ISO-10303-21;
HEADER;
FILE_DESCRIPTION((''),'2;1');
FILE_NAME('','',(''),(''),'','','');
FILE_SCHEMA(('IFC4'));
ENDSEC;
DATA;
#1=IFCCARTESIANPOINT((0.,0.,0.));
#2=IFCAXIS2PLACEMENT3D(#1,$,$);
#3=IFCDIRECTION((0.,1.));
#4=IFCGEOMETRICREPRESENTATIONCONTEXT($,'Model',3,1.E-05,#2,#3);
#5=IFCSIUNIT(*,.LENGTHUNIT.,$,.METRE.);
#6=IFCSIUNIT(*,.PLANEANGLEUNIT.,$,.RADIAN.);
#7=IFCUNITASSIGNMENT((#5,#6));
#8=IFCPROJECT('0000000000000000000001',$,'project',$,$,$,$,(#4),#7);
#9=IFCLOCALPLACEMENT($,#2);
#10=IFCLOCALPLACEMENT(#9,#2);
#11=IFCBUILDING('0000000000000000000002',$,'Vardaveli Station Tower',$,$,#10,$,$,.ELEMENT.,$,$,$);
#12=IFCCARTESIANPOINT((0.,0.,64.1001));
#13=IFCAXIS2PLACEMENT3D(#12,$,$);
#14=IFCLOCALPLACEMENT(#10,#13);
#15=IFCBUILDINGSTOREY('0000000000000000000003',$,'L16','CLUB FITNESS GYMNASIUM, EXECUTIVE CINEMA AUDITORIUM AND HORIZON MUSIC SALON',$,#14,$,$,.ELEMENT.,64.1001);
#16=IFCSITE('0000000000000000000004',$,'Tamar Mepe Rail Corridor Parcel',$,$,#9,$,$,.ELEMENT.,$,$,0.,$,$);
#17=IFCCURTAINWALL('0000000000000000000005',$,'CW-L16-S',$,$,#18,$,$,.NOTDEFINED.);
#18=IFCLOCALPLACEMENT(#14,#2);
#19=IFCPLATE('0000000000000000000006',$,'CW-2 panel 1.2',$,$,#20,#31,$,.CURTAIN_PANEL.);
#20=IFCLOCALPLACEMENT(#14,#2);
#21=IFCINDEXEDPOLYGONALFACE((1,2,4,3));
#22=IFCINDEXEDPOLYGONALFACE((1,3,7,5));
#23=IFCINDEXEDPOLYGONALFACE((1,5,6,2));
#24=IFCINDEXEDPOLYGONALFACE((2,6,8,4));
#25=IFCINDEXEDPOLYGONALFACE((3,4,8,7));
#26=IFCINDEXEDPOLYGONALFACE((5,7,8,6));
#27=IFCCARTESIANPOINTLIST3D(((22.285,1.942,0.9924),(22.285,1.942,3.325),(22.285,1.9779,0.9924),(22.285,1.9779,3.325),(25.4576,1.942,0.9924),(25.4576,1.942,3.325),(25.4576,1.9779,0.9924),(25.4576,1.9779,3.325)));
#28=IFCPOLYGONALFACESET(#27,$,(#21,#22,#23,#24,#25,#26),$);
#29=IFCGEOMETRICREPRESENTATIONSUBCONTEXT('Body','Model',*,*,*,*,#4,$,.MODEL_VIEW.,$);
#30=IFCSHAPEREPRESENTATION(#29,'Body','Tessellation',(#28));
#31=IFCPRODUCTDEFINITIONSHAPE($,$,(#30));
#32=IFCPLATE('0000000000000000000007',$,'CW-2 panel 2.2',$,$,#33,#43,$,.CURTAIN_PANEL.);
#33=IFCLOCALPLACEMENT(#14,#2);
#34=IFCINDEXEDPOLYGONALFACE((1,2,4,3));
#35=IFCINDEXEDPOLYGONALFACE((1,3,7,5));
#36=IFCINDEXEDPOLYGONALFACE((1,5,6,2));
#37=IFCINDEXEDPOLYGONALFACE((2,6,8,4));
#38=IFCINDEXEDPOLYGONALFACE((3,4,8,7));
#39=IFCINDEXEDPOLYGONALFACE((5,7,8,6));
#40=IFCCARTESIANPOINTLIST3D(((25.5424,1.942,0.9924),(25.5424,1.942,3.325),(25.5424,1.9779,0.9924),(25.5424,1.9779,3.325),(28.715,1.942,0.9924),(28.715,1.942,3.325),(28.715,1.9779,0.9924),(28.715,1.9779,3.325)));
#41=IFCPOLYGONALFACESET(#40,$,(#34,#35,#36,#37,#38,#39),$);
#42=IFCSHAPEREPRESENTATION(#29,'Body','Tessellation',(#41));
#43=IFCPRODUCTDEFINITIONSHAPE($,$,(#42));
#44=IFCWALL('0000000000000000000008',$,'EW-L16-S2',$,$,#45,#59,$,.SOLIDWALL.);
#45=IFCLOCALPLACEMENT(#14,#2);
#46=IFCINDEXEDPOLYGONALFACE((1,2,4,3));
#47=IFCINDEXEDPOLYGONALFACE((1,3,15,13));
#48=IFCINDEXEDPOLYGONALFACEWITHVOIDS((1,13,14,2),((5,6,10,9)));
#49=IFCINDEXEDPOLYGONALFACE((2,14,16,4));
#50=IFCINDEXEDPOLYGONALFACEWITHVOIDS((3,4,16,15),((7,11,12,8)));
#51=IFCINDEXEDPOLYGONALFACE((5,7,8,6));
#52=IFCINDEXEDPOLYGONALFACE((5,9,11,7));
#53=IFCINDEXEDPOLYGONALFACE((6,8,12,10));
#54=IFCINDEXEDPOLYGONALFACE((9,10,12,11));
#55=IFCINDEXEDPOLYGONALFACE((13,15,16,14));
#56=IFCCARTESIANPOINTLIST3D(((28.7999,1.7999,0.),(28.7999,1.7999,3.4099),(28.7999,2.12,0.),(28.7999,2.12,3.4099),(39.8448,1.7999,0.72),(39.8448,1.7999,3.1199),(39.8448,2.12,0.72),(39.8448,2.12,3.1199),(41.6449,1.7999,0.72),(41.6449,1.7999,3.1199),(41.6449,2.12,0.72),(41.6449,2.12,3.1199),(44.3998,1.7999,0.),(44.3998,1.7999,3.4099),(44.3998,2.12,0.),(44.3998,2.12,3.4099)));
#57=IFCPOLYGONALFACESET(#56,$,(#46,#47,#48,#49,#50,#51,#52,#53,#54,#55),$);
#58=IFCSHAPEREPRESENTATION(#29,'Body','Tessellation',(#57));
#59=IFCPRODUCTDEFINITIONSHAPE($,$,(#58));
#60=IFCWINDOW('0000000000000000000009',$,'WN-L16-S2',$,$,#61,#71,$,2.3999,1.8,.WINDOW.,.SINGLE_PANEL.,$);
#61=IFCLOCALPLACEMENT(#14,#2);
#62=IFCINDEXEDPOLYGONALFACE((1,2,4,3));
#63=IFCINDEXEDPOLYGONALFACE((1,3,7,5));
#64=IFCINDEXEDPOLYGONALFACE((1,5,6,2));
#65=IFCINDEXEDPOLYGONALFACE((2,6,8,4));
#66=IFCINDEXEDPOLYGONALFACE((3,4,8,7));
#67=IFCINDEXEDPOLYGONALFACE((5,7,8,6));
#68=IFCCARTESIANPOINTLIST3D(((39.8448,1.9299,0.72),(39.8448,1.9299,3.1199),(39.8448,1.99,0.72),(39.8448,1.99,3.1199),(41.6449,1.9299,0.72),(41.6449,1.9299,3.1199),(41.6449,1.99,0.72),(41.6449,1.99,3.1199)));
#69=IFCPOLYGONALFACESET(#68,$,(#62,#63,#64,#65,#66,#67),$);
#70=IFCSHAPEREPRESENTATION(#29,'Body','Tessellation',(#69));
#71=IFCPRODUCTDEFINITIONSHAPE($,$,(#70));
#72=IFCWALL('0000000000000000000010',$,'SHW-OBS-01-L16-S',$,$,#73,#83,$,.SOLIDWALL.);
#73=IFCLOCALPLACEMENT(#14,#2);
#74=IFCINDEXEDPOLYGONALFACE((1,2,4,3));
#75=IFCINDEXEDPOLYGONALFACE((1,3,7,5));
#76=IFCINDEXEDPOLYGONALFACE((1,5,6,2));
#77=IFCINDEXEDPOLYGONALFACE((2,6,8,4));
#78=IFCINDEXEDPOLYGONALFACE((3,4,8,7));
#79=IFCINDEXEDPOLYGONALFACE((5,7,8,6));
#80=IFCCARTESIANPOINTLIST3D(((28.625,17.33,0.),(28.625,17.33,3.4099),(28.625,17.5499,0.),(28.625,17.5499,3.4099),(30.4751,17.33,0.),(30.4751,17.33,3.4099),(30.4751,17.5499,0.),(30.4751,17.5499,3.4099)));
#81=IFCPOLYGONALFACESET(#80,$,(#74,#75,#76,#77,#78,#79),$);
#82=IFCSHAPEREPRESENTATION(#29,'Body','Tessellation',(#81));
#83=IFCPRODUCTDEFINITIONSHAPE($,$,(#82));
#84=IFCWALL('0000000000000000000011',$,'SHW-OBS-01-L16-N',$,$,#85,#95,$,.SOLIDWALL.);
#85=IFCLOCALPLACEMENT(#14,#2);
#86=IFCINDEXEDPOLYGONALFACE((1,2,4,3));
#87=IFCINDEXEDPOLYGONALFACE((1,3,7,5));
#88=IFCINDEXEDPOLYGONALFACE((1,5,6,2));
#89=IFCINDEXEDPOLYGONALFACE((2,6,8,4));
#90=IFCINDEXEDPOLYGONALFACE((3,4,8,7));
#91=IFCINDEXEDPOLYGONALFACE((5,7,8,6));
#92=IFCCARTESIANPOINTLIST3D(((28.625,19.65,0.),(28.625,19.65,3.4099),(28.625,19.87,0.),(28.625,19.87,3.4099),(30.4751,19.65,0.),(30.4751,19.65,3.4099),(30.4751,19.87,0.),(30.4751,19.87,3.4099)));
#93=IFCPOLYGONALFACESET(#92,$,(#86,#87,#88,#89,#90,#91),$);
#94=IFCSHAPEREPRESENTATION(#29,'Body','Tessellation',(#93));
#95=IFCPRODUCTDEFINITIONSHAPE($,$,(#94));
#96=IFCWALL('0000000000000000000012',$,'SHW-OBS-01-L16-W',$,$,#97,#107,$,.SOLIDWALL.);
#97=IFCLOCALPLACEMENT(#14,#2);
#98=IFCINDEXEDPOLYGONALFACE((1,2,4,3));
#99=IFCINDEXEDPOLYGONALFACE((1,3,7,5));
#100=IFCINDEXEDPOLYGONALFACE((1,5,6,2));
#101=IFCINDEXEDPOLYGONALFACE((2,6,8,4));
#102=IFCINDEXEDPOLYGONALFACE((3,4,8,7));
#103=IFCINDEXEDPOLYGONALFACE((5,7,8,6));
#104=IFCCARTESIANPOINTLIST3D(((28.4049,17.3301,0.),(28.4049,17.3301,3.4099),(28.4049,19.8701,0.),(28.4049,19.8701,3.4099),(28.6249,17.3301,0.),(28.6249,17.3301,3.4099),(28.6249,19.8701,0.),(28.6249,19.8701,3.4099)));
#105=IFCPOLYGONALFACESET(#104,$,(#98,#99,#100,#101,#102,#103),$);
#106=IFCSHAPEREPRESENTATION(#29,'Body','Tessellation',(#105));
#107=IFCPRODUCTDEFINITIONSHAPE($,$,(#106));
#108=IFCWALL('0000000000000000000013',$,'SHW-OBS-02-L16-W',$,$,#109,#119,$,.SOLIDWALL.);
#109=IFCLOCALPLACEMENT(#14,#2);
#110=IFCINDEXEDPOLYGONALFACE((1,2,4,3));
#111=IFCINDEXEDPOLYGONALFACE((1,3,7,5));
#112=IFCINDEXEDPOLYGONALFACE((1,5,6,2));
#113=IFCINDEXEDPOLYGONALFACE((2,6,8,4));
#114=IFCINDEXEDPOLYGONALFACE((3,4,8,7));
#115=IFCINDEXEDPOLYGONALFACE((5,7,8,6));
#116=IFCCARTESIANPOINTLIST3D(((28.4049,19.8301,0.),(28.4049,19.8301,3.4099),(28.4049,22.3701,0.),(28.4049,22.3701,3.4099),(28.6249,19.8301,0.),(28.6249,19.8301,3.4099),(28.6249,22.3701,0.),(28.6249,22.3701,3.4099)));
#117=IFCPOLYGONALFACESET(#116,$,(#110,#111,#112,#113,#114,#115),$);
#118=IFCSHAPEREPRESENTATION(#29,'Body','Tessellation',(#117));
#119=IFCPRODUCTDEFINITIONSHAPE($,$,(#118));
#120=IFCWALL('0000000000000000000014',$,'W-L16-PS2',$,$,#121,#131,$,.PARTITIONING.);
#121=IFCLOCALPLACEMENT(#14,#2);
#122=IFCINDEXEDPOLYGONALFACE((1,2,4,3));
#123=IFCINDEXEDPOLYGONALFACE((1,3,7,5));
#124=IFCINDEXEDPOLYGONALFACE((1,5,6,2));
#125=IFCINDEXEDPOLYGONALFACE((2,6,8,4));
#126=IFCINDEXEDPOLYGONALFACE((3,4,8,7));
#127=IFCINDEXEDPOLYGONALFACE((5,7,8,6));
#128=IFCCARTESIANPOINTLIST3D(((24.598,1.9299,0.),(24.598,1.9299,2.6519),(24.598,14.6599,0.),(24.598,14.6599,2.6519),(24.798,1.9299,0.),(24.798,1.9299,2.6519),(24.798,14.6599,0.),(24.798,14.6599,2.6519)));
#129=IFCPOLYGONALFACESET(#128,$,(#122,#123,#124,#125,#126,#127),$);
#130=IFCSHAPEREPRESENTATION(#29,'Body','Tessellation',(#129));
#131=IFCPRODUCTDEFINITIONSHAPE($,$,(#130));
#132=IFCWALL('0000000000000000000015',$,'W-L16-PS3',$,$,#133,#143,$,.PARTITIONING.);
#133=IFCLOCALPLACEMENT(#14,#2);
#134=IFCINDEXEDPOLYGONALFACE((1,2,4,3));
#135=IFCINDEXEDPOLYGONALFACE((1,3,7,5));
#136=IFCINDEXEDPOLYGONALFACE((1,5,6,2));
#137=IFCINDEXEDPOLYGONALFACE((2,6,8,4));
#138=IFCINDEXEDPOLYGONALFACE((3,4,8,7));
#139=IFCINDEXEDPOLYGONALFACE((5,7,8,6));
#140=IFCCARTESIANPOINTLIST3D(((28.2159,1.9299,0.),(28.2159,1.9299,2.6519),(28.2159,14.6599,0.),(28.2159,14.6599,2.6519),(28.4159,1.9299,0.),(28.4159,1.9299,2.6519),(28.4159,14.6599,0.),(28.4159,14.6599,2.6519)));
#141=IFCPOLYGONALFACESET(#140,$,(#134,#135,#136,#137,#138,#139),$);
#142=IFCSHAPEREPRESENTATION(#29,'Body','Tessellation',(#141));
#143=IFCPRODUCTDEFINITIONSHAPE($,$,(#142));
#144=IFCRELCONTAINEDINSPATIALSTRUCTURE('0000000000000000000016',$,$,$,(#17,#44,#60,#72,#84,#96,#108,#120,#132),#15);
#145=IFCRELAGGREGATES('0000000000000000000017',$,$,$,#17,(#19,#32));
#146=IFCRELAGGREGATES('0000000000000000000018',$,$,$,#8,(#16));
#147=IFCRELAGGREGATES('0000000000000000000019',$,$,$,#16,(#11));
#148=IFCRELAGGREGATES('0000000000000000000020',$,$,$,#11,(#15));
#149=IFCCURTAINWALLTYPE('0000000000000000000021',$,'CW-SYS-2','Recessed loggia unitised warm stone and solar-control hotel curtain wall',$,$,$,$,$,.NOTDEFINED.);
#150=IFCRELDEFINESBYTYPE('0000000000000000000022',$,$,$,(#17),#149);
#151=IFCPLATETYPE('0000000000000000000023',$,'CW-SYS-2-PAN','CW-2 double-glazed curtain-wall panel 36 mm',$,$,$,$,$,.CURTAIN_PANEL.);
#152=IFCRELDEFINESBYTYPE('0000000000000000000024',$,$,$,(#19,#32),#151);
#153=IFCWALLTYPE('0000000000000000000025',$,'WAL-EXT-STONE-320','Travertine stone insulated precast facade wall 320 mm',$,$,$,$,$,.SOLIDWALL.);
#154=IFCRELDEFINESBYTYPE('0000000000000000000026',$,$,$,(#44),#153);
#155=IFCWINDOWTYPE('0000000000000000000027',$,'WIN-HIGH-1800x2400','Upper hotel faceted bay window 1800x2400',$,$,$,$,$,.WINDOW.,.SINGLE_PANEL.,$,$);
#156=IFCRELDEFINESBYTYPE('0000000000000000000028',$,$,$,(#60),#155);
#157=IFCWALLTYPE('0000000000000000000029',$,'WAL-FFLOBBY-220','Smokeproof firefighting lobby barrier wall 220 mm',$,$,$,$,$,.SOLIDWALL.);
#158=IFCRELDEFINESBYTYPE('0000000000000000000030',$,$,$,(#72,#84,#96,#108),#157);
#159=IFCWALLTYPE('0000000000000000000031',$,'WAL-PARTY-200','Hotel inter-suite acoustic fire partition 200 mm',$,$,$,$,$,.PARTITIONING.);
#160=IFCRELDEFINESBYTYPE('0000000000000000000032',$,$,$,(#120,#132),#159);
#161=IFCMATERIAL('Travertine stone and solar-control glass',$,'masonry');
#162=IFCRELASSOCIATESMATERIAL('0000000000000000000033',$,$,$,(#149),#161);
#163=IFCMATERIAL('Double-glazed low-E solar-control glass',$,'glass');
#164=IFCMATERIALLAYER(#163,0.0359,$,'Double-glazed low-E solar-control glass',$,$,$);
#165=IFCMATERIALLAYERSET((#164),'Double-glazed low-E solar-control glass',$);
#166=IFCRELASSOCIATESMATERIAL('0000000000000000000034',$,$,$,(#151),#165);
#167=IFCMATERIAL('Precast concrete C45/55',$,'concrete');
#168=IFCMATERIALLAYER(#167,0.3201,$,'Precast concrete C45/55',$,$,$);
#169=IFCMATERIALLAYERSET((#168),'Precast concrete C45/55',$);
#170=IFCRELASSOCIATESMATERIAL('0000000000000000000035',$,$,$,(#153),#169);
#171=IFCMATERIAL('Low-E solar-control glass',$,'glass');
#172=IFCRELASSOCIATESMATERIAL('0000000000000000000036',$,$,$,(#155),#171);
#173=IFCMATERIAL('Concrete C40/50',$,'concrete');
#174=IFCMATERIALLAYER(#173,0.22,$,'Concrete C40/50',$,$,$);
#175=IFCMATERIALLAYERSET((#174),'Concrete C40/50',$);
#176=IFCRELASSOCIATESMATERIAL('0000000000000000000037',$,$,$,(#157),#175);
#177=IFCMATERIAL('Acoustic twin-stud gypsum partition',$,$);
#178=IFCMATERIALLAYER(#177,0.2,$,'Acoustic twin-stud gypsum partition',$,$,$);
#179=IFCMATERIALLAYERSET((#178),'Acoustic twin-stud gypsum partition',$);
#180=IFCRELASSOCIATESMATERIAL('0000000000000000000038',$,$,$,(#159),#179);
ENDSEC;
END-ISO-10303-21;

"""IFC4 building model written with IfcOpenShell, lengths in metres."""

from ifc_helpers import new_model, si_unit, direction, frame, frame_2d, origin, origin_2d, place, context, subcontext, project, spatial, rectangle, extrude, source, transform, mapped, material, layer, layer_set, type_object, element, fill, aggregate, save


model = new_model("IFC4")

# Units and contexts
model_context = context("Model", 3, precision=1e-05, world=origin(), true_north=direction((0.0, 1.0)))
body_context = subcontext(model_context, "Body", "Model", "MODEL_VIEW")
ifc_project = project(units=[si_unit("LENGTHUNIT", "METRE"), si_unit("PLANEANGLEUNIT", "RADIAN")], contexts=[model_context])

# Site, building, storey
site_placement = place(None, origin())
site = spatial("IfcSite", under=ifc_project, at=site_placement, Name="Tamar Mepe Rail Corridor Parcel", CompositionType="ELEMENT", RefElevation=0.0)
building_placement = place(site_placement, origin())
building = spatial("IfcBuilding", under=site, at=building_placement, Name="Vardaveli Station Tower", CompositionType="ELEMENT")
storey_placement = place(building_placement, frame((0.0, 0.0, 64.1001)))
storey = spatial("IfcBuildingStorey", under=building, at=storey_placement, Name="L16", Description="CLUB FITNESS GYMNASIUM, EXECUTIVE CINEMA AUDITORIUM AND HORIZON MUSIC SALON", CompositionType="ELEMENT", Elevation=64.1001)

# Curtain wall, plates
ifc_material_1 = material(Name="Travertine stone and solar-control glass", Category="masonry")
curtain_wall_type = type_object("IfcCurtainWallType", Name="CW-SYS-2", Description="Recessed loggia unitised warm stone and solar-control hotel curtain wall", PredefinedType="NOTDEFINED", material=ifc_material_1)
curtain_wall_placement = place(storey_placement, origin())
curtain_wall = element("IfcCurtainWall", 1, at=curtain_wall_placement, inside=storey, type_object=curtain_wall_type, Name="CW-L16-S", PredefinedType="NOTDEFINED")
ifc_material_2 = material(Name="Double-glazed low-E solar-control glass", Category="glass")
ifc_layer_1 = layer(ifc_material_2, 0.0359, Name="Double-glazed low-E solar-control glass")
ifc_layer_set_1 = layer_set([ifc_layer_1], Name="Double-glazed low-E solar-control glass")
plate_type = type_object("IfcPlateType", Name="CW-SYS-2-PAN", Description="CW-2 double-glazed curtain-wall panel 36 mm", PredefinedType="CURTAIN_PANEL", material=ifc_layer_set_1)
shared_shape_1 = source(origin(), body_context, "Body", "SweptSolid", [
    extrude(rectangle(XDim=3.1726, YDim=0.0359, at=origin_2d()), origin(), (0.0, 0.0, 1.0), 2.3325),
])
plate_1_placement = place(storey_placement, frame((23.8713, 1.96, 0.9924), z_axis=(0.0, 0.0, 1.0), x_axis=(1.0, 0.0, 0.0)))
plate_1 = element("IfcPlate", 2, at=plate_1_placement, type_object=plate_type, Name="CW-2 panel 1.2", PredefinedType="CURTAIN_PANEL", context=body_context, shape_type="MappedRepresentation", body=[
    mapped(shared_shape_1, transform((0.0, 0.0, 0.0), scale=1.0)),
])
plate_2_placement = place(storey_placement, frame((27.1287, 1.96, 0.9924), z_axis=(0.0, 0.0, 1.0), x_axis=(1.0, 0.0, 0.0)))
plate_2 = element("IfcPlate", 3, at=plate_2_placement, type_object=plate_type, Name="CW-2 panel 2.2", PredefinedType="CURTAIN_PANEL", context=body_context, shape_type="MappedRepresentation", body=[
    mapped(shared_shape_1, transform((0.0, 0.0, 0.0), scale=1.0)),
])
aggregate(curtain_wall, [plate_1, plate_2])

# Wall, opening, window
ifc_material_3 = material(Name="Precast concrete C45/55", Category="concrete")
ifc_layer_2 = layer(ifc_material_3, 0.3201, Name="Precast concrete C45/55")
ifc_layer_set_2 = layer_set([ifc_layer_2], Name="Precast concrete C45/55")
wall_type_1 = type_object("IfcWallType", Name="WAL-EXT-STONE-320", Description="Travertine stone insulated precast facade wall 320 mm", PredefinedType="SOLIDWALL", material=ifc_layer_set_2)
shared_shape_2 = source(origin(), body_context, "Body", "SweptSolid", [
    extrude(rectangle(XDim=15.5999, YDim=0.3201, at=frame_2d((7.7998, 0.0))), origin(), (0.0, 0.0, 1.0), 3.4099),
])
wall_placement = place(storey_placement, frame((28.8, 1.96, 0.0), z_axis=(0.0, 0.0, 1.0), x_axis=(1.0, 0.0, 0.0)))
wall = element("IfcWall", 4, at=wall_placement, inside=storey, type_object=wall_type_1, Name="EW-L16-S2", PredefinedType="SOLIDWALL", context=body_context, shape_type="MappedRepresentation", body=[
    mapped(shared_shape_2, transform((0.0, 0.0, 0.0), scale=1.0)),
])
shared_shape_3 = source(origin(), body_context, "Body", "SweptSolid", [
    extrude(rectangle(XDim=1.8, YDim=2.3999, at=frame_2d((0.8999, 1.2))), frame((0.0, 0.1699, 0.0), z_axis=(0.0, -1.0, 0.0), x_axis=(1.0, 0.0, 0.0)), (0.0, 0.0, 1.0), 0.3401),
])
opening_placement = place(wall_placement, frame((11.0449, 0.0, 0.72)))
opening = element("IfcOpeningElement", 5, at=opening_placement, cuts=wall, PredefinedType="OPENING", context=body_context, shape_type="MappedRepresentation", body=[
    mapped(shared_shape_3, transform((0.0, 0.0, 0.0), scale=1.0)),
])
ifc_material_4 = material(Name="Low-E solar-control glass", Category="glass")
window_type = type_object("IfcWindowType", Name="WIN-HIGH-1800x2400", Description="Upper hotel faceted bay window 1800x2400", PartitioningType="SINGLE_PANEL", PredefinedType="WINDOW", material=ifc_material_4)
shared_shape_4 = source(origin(), body_context, "Body", "SweptSolid", [
    extrude(rectangle(XDim=1.8, YDim=2.3999, at=frame_2d((0.8999, 1.2))), frame((0.0, 0.03, 0.0), z_axis=(0.0, -1.0, 0.0), x_axis=(1.0, 0.0, 0.0)), (0.0, 0.0, 1.0), 0.0601),
])
window_placement = place(opening_placement, origin())
window = element("IfcWindow", 6, at=window_placement, inside=storey, type_object=window_type, Name="WN-L16-S2", OverallHeight=2.3999, OverallWidth=1.8, PartitioningType="SINGLE_PANEL", PredefinedType="WINDOW", context=body_context, shape_type="MappedRepresentation", body=[
    mapped(shared_shape_4, transform((0.0, 0.0, 0.0), scale=1.0)),
])
fill(opening, window)

# Walls
ifc_material_5 = material(Name="Concrete C40/50", Category="concrete")
ifc_layer_3 = layer(ifc_material_5, 0.22, Name="Concrete C40/50")
ifc_layer_set_3 = layer_set([ifc_layer_3], Name="Concrete C40/50")
wall_type_2 = type_object("IfcWallType", Name="WAL-FFLOBBY-220", Description="Smokeproof firefighting lobby barrier wall 220 mm", PredefinedType="SOLIDWALL", material=ifc_layer_set_3)
shared_shape_5 = source(origin(), body_context, "Body", "SweptSolid", [
    extrude(rectangle(XDim=1.8501, YDim=0.22, at=frame_2d((0.925, 0.0))), origin(), (0.0, 0.0, 1.0), 3.4099),
])
for number, where, z_axis, x_axis, name in (
    (7, (28.625, 17.4399, 0.0), (0.0, 0.0, 1.0), (1.0, 0.0, 0.0), "SHW-OBS-01-L16-S"),
    (8, (28.625, 19.76, 0.0), (0.0, 0.0, 1.0), (1.0, 0.0, 0.0), "SHW-OBS-01-L16-N"),
):
    element("IfcWall", number, at=place(storey_placement, frame(where, z_axis=z_axis, x_axis=x_axis)), inside=storey, type_object=wall_type_2, Name=name, PredefinedType="SOLIDWALL", context=body_context, shape_type="MappedRepresentation", body=[
        mapped(shared_shape_5, transform((0.0, 0.0, 0.0), scale=1.0)),
    ])
shared_shape_6 = source(origin(), body_context, "Body", "SweptSolid", [
    extrude(rectangle(XDim=2.54, YDim=0.22, at=frame_2d((1.27, 0.0))), origin(), (0.0, 0.0, 1.0), 3.4099),
])
for number, where, z_axis, x_axis, name in (
    (9, (28.5149, 17.3301, 0.0), (0.0, 0.0, 1.0), (0.0, 1.0, 0.0), "SHW-OBS-01-L16-W"),
    (10, (28.5149, 19.8301, 0.0), (0.0, 0.0, 1.0), (0.0, 1.0, 0.0), "SHW-OBS-02-L16-W"),
):
    element("IfcWall", number, at=place(storey_placement, frame(where, z_axis=z_axis, x_axis=x_axis)), inside=storey, type_object=wall_type_2, Name=name, PredefinedType="SOLIDWALL", context=body_context, shape_type="MappedRepresentation", body=[
        mapped(shared_shape_6, transform((0.0, 0.0, 0.0), scale=1.0)),
    ])
ifc_material_6 = material(Name="Acoustic twin-stud gypsum partition")
ifc_layer_4 = layer(ifc_material_6, 0.2, Name="Acoustic twin-stud gypsum partition")
ifc_layer_set_4 = layer_set([ifc_layer_4], Name="Acoustic twin-stud gypsum partition")
wall_type_3 = type_object("IfcWallType", Name="WAL-PARTY-200", Description="Hotel inter-suite acoustic fire partition 200 mm", PredefinedType="PARTITIONING", material=ifc_layer_set_4)
shared_shape_7 = source(origin(), body_context, "Body", "SweptSolid", [
    extrude(rectangle(XDim=12.73, YDim=0.2, at=frame_2d((6.365, 0.0))), origin(), (0.0, 0.0, 1.0), 2.6519),
])
for number, where, z_axis, x_axis, name in (
    (11, (24.698, 1.9299, 0.0), (0.0, 0.0, 1.0), (0.0, 1.0, 0.0), "W-L16-PS2"),
    (12, (28.3159, 1.9299, 0.0), (0.0, 0.0, 1.0), (0.0, 1.0, 0.0), "W-L16-PS3"),
):
    element("IfcWall", number, at=place(storey_placement, frame(where, z_axis=z_axis, x_axis=x_axis)), inside=storey, type_object=wall_type_3, Name=name, PredefinedType="PARTITIONING", context=body_context, shape_type="MappedRepresentation", body=[
        mapped(shared_shape_7, transform((0.0, 0.0, 0.0), scale=1.0)),
    ])

save(model, "model.ifc")
